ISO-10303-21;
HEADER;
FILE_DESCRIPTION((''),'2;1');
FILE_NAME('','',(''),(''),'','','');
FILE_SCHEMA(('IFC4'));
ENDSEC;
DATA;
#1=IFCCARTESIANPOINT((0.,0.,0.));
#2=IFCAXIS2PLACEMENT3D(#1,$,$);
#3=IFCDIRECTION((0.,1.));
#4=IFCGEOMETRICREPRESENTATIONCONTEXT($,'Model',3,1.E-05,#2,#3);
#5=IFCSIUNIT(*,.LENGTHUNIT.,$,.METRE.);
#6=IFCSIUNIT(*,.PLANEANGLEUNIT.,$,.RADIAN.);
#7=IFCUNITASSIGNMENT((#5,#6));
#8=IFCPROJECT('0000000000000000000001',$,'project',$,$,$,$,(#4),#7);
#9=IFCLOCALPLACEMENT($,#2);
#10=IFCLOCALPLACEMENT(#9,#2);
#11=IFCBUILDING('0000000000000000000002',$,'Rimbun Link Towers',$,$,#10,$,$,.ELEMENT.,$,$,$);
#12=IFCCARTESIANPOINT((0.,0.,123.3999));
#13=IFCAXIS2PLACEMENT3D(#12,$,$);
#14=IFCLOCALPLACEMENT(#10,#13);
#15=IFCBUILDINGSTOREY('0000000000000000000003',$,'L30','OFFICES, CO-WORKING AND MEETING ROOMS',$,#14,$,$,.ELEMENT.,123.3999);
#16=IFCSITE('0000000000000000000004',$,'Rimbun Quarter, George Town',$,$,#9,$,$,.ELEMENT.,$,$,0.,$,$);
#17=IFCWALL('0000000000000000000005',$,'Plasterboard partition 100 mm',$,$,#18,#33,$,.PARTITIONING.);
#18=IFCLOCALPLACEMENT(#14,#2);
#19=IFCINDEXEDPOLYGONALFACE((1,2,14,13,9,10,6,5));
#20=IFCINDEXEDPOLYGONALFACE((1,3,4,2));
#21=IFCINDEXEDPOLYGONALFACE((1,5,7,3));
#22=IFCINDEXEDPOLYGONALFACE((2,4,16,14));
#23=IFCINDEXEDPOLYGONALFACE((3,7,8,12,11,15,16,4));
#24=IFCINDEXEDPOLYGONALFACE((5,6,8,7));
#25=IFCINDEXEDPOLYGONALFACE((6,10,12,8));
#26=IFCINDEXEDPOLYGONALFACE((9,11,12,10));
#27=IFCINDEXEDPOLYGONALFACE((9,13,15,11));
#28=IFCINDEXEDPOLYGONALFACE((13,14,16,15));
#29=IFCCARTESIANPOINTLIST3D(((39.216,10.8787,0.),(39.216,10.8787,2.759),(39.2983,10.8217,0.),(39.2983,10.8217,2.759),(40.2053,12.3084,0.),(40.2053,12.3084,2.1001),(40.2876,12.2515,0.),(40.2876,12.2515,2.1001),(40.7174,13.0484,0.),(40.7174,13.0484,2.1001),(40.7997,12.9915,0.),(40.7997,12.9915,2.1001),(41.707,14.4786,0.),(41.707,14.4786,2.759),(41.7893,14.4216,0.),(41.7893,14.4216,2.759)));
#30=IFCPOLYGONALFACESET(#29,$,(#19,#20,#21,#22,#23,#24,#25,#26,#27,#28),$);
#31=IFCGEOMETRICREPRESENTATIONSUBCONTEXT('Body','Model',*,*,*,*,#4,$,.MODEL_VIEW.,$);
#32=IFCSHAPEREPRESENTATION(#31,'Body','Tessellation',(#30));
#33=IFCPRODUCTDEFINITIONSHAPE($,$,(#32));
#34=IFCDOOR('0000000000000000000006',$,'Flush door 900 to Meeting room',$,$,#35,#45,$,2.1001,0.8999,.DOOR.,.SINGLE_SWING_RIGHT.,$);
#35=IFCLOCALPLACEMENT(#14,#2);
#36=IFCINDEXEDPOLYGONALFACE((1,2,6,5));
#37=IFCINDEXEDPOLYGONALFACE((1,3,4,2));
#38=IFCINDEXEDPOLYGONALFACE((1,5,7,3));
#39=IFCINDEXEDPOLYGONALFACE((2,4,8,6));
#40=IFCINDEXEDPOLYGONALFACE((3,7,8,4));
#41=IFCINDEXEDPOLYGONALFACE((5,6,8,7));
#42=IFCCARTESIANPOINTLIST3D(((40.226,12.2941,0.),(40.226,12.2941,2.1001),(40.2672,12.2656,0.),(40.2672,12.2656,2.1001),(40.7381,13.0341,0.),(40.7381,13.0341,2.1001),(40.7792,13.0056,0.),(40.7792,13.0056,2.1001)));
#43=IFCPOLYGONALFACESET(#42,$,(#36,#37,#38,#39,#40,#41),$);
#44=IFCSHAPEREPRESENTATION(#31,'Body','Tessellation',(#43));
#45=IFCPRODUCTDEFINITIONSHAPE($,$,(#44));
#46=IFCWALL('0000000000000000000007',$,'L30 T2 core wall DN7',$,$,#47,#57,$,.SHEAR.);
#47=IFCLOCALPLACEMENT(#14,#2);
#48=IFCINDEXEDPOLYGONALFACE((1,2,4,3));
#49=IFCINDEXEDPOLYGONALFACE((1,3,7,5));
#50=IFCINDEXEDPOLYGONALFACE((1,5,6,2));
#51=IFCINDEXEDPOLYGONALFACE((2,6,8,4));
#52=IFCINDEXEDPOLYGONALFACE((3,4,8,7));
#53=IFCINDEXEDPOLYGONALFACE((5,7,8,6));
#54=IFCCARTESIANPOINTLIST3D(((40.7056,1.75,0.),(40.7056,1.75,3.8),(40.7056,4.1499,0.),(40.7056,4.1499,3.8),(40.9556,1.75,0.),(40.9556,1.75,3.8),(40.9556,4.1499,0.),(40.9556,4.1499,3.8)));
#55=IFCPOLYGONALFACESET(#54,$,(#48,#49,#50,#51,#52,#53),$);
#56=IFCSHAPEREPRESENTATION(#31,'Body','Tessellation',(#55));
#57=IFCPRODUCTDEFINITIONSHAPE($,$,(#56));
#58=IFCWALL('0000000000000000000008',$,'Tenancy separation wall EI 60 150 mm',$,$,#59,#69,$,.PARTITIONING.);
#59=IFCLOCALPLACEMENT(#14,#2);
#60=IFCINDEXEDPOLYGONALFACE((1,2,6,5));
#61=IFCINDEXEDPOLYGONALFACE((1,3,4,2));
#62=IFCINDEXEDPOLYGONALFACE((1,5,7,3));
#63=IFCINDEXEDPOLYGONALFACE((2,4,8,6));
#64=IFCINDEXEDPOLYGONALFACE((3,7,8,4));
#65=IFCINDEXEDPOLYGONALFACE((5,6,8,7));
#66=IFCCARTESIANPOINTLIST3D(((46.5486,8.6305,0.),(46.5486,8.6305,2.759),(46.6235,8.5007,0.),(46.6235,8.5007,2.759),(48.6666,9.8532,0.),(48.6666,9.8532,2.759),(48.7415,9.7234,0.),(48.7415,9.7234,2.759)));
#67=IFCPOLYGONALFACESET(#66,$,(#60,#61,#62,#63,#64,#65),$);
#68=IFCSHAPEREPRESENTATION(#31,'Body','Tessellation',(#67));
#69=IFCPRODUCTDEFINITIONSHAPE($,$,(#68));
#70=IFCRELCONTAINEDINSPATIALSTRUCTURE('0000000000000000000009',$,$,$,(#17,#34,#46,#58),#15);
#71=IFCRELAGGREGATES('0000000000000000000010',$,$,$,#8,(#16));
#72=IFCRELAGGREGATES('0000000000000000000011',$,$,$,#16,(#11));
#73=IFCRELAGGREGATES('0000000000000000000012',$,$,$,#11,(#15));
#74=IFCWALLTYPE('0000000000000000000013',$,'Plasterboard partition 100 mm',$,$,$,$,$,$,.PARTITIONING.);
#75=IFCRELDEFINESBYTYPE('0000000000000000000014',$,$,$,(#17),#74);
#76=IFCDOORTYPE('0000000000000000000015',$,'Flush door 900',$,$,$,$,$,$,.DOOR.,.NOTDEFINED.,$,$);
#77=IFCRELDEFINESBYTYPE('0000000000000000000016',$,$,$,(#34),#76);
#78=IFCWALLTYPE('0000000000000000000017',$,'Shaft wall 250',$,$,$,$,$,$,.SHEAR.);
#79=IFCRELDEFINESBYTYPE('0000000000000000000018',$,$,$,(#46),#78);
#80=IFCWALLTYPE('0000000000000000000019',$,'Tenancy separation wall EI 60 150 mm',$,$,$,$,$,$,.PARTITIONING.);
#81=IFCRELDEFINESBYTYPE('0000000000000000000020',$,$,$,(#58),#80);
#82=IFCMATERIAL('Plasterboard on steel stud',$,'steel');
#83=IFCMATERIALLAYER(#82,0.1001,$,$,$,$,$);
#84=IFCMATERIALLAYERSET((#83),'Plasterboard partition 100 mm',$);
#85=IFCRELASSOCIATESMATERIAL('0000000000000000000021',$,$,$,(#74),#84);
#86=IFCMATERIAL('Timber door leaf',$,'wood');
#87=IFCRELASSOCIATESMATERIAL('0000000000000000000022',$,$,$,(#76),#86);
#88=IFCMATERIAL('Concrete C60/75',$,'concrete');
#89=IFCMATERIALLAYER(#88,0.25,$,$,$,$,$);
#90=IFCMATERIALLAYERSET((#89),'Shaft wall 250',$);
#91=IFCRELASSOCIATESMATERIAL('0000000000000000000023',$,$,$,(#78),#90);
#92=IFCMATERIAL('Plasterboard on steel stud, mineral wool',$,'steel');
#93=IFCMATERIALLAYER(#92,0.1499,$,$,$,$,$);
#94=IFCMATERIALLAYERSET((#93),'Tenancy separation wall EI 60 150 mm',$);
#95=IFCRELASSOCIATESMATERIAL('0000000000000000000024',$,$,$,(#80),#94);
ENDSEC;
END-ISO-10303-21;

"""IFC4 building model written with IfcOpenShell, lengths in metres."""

from ifc_helpers import new_model, si_unit, direction, frame, frame_2d, origin, place, context, subcontext, project, spatial, rectangle, extrude, material, layer, layer_set, type_object, element, fill, save


model = new_model("IFC4")

# Units and contexts
model_context = context("Model", 3, precision=1e-05, world=origin(), true_north=direction((0.0, 1.0)))
body_context = subcontext(model_context, "Body", "Model", "MODEL_VIEW")
ifc_project = project(units=[si_unit("LENGTHUNIT", "METRE"), si_unit("PLANEANGLEUNIT", "RADIAN")], contexts=[model_context])

# Site, building, storey
site_placement = place(None, origin())
site = spatial("IfcSite", under=ifc_project, at=site_placement, Name="Rimbun Quarter, George Town", CompositionType="ELEMENT", RefElevation=0.0)
building_placement = place(site_placement, origin())
building = spatial("IfcBuilding", under=site, at=building_placement, Name="Rimbun Link Towers", CompositionType="ELEMENT")
storey_placement = place(building_placement, frame((0.0, 0.0, 123.3999)))
storey = spatial("IfcBuildingStorey", under=building, at=storey_placement, Name="L30", Description="OFFICES, CO-WORKING AND MEETING ROOMS", CompositionType="ELEMENT", Elevation=123.3999)

# Wall, opening, door
ifc_material_1 = material(Name="Plasterboard on steel stud", Category="steel")
ifc_layer_1 = layer(ifc_material_1, 0.1001)
ifc_layer_set_1 = layer_set([ifc_layer_1], Name="Plasterboard partition 100 mm")
wall_type_1 = type_object("IfcWallType", Name="Plasterboard partition 100 mm", PredefinedType="PARTITIONING", material=ifc_layer_set_1)
wall_1_placement = place(storey_placement, frame((39.2571, 10.8501, 0.0), z_axis=(0.0, 0.0, 1.0), x_axis=(0.569019, 0.822325, 0.0)))
wall_1 = element("IfcWall", 1, at=wall_1_placement, inside=storey, type_object=wall_type_1, Name="Plasterboard partition 100 mm", PredefinedType="PARTITIONING", context=body_context, shape_type="SweptSolid", body=[
    extrude(rectangle(XDim=4.3777, YDim=0.1001, at=frame_2d((2.189, 0.0))), origin(), (0.0, 0.0, 1.0), 2.759),
])
opening_1_placement = place(wall_1_placement, frame((1.7388, 0.0, 0.0)))
opening_1 = element("IfcOpeningElement", 2, at=opening_1_placement, cuts=wall_1, PredefinedType="OPENING", context=body_context, shape_type="SweptSolid", body=[
    extrude(rectangle(XDim=0.8999, YDim=2.1001, at=frame_2d((0.45, 1.05))), frame((0.0, 0.0601, 0.0), z_axis=(0.0, -1.0, 0.0), x_axis=(1.0, 0.0, 0.0)), (0.0, 0.0, 1.0), 0.1201),
])
ifc_material_2 = material(Name="Timber door leaf", Category="wood")
door_type_1 = type_object("IfcDoorType", Name="Flush door 900", OperationType="NOTDEFINED", PredefinedType="DOOR", material=ifc_material_2)
door_1_placement = place(opening_1_placement, origin())
door_1 = element("IfcDoor", 3, at=door_1_placement, inside=storey, type_object=door_type_1, Name="Flush door 900 to Meeting room", OperationType="SINGLE_SWING_RIGHT", OverallHeight=2.1001, OverallWidth=0.8999, PredefinedType="DOOR", context=body_context, shape_type="SweptSolid", body=[
    extrude(rectangle(XDim=0.8999, YDim=2.1001, at=frame_2d((0.45, 1.05))), frame((0.0, 0.0249, 0.0), z_axis=(0.0, -1.0, 0.0), x_axis=(1.0, 0.0, 0.0)), (0.0, 0.0, 1.0), 0.05),
])
fill(opening_1, door_1)

# Walls
ifc_material_3 = material(Name="Concrete C60/75", Category="concrete")
ifc_layer_2 = layer(ifc_material_3, 0.25)
ifc_layer_set_2 = layer_set([ifc_layer_2], Name="Shaft wall 250")
wall_type_2 = type_object("IfcWallType", Name="Shaft wall 250", PredefinedType="SHEAR", material=ifc_layer_set_2)
wall_2_placement = place(storey_placement, frame((40.8306, 1.75, 0.0), z_axis=(0.0, 0.0, 1.0), x_axis=(0.0, 1.0, 0.0)))
element("IfcWall", 4, at=wall_2_placement, inside=storey, type_object=wall_type_2, Name="L30 T2 core wall DN7", PredefinedType="SHEAR", context=body_context, shape_type="SweptSolid", body=[
    extrude(rectangle(XDim=2.3999, YDim=0.25, at=frame_2d((1.2, 0.0))), origin(), (0.0, 0.0, 1.0), 3.8),
])
ifc_material_4 = material(Name="Plasterboard on steel stud, mineral wool", Category="steel")
ifc_layer_3 = layer(ifc_material_4, 0.1499)
ifc_layer_set_3 = layer_set([ifc_layer_3], Name="Tenancy separation wall EI 60 150 mm")
wall_type_3 = type_object("IfcWallType", Name="Tenancy separation wall EI 60 150 mm", PredefinedType="PARTITIONING", material=ifc_layer_set_3)
wall_3_placement = place(storey_placement, frame((46.5862, 8.5657, 0.0), z_axis=(0.0, 0.0, 1.0), x_axis=(0.866048, 0.499962, 0.0)))
element("IfcWall", 5, at=wall_3_placement, inside=storey, type_object=wall_type_3, Name="Tenancy separation wall EI 60 150 mm", PredefinedType="PARTITIONING", context=body_context, shape_type="SweptSolid", body=[
    extrude(rectangle(XDim=2.4456, YDim=0.1499, at=frame_2d((1.2227, 0.0))), origin(), (0.0, 0.0, 1.0), 2.759),
])

save(model, "model.ifc")
